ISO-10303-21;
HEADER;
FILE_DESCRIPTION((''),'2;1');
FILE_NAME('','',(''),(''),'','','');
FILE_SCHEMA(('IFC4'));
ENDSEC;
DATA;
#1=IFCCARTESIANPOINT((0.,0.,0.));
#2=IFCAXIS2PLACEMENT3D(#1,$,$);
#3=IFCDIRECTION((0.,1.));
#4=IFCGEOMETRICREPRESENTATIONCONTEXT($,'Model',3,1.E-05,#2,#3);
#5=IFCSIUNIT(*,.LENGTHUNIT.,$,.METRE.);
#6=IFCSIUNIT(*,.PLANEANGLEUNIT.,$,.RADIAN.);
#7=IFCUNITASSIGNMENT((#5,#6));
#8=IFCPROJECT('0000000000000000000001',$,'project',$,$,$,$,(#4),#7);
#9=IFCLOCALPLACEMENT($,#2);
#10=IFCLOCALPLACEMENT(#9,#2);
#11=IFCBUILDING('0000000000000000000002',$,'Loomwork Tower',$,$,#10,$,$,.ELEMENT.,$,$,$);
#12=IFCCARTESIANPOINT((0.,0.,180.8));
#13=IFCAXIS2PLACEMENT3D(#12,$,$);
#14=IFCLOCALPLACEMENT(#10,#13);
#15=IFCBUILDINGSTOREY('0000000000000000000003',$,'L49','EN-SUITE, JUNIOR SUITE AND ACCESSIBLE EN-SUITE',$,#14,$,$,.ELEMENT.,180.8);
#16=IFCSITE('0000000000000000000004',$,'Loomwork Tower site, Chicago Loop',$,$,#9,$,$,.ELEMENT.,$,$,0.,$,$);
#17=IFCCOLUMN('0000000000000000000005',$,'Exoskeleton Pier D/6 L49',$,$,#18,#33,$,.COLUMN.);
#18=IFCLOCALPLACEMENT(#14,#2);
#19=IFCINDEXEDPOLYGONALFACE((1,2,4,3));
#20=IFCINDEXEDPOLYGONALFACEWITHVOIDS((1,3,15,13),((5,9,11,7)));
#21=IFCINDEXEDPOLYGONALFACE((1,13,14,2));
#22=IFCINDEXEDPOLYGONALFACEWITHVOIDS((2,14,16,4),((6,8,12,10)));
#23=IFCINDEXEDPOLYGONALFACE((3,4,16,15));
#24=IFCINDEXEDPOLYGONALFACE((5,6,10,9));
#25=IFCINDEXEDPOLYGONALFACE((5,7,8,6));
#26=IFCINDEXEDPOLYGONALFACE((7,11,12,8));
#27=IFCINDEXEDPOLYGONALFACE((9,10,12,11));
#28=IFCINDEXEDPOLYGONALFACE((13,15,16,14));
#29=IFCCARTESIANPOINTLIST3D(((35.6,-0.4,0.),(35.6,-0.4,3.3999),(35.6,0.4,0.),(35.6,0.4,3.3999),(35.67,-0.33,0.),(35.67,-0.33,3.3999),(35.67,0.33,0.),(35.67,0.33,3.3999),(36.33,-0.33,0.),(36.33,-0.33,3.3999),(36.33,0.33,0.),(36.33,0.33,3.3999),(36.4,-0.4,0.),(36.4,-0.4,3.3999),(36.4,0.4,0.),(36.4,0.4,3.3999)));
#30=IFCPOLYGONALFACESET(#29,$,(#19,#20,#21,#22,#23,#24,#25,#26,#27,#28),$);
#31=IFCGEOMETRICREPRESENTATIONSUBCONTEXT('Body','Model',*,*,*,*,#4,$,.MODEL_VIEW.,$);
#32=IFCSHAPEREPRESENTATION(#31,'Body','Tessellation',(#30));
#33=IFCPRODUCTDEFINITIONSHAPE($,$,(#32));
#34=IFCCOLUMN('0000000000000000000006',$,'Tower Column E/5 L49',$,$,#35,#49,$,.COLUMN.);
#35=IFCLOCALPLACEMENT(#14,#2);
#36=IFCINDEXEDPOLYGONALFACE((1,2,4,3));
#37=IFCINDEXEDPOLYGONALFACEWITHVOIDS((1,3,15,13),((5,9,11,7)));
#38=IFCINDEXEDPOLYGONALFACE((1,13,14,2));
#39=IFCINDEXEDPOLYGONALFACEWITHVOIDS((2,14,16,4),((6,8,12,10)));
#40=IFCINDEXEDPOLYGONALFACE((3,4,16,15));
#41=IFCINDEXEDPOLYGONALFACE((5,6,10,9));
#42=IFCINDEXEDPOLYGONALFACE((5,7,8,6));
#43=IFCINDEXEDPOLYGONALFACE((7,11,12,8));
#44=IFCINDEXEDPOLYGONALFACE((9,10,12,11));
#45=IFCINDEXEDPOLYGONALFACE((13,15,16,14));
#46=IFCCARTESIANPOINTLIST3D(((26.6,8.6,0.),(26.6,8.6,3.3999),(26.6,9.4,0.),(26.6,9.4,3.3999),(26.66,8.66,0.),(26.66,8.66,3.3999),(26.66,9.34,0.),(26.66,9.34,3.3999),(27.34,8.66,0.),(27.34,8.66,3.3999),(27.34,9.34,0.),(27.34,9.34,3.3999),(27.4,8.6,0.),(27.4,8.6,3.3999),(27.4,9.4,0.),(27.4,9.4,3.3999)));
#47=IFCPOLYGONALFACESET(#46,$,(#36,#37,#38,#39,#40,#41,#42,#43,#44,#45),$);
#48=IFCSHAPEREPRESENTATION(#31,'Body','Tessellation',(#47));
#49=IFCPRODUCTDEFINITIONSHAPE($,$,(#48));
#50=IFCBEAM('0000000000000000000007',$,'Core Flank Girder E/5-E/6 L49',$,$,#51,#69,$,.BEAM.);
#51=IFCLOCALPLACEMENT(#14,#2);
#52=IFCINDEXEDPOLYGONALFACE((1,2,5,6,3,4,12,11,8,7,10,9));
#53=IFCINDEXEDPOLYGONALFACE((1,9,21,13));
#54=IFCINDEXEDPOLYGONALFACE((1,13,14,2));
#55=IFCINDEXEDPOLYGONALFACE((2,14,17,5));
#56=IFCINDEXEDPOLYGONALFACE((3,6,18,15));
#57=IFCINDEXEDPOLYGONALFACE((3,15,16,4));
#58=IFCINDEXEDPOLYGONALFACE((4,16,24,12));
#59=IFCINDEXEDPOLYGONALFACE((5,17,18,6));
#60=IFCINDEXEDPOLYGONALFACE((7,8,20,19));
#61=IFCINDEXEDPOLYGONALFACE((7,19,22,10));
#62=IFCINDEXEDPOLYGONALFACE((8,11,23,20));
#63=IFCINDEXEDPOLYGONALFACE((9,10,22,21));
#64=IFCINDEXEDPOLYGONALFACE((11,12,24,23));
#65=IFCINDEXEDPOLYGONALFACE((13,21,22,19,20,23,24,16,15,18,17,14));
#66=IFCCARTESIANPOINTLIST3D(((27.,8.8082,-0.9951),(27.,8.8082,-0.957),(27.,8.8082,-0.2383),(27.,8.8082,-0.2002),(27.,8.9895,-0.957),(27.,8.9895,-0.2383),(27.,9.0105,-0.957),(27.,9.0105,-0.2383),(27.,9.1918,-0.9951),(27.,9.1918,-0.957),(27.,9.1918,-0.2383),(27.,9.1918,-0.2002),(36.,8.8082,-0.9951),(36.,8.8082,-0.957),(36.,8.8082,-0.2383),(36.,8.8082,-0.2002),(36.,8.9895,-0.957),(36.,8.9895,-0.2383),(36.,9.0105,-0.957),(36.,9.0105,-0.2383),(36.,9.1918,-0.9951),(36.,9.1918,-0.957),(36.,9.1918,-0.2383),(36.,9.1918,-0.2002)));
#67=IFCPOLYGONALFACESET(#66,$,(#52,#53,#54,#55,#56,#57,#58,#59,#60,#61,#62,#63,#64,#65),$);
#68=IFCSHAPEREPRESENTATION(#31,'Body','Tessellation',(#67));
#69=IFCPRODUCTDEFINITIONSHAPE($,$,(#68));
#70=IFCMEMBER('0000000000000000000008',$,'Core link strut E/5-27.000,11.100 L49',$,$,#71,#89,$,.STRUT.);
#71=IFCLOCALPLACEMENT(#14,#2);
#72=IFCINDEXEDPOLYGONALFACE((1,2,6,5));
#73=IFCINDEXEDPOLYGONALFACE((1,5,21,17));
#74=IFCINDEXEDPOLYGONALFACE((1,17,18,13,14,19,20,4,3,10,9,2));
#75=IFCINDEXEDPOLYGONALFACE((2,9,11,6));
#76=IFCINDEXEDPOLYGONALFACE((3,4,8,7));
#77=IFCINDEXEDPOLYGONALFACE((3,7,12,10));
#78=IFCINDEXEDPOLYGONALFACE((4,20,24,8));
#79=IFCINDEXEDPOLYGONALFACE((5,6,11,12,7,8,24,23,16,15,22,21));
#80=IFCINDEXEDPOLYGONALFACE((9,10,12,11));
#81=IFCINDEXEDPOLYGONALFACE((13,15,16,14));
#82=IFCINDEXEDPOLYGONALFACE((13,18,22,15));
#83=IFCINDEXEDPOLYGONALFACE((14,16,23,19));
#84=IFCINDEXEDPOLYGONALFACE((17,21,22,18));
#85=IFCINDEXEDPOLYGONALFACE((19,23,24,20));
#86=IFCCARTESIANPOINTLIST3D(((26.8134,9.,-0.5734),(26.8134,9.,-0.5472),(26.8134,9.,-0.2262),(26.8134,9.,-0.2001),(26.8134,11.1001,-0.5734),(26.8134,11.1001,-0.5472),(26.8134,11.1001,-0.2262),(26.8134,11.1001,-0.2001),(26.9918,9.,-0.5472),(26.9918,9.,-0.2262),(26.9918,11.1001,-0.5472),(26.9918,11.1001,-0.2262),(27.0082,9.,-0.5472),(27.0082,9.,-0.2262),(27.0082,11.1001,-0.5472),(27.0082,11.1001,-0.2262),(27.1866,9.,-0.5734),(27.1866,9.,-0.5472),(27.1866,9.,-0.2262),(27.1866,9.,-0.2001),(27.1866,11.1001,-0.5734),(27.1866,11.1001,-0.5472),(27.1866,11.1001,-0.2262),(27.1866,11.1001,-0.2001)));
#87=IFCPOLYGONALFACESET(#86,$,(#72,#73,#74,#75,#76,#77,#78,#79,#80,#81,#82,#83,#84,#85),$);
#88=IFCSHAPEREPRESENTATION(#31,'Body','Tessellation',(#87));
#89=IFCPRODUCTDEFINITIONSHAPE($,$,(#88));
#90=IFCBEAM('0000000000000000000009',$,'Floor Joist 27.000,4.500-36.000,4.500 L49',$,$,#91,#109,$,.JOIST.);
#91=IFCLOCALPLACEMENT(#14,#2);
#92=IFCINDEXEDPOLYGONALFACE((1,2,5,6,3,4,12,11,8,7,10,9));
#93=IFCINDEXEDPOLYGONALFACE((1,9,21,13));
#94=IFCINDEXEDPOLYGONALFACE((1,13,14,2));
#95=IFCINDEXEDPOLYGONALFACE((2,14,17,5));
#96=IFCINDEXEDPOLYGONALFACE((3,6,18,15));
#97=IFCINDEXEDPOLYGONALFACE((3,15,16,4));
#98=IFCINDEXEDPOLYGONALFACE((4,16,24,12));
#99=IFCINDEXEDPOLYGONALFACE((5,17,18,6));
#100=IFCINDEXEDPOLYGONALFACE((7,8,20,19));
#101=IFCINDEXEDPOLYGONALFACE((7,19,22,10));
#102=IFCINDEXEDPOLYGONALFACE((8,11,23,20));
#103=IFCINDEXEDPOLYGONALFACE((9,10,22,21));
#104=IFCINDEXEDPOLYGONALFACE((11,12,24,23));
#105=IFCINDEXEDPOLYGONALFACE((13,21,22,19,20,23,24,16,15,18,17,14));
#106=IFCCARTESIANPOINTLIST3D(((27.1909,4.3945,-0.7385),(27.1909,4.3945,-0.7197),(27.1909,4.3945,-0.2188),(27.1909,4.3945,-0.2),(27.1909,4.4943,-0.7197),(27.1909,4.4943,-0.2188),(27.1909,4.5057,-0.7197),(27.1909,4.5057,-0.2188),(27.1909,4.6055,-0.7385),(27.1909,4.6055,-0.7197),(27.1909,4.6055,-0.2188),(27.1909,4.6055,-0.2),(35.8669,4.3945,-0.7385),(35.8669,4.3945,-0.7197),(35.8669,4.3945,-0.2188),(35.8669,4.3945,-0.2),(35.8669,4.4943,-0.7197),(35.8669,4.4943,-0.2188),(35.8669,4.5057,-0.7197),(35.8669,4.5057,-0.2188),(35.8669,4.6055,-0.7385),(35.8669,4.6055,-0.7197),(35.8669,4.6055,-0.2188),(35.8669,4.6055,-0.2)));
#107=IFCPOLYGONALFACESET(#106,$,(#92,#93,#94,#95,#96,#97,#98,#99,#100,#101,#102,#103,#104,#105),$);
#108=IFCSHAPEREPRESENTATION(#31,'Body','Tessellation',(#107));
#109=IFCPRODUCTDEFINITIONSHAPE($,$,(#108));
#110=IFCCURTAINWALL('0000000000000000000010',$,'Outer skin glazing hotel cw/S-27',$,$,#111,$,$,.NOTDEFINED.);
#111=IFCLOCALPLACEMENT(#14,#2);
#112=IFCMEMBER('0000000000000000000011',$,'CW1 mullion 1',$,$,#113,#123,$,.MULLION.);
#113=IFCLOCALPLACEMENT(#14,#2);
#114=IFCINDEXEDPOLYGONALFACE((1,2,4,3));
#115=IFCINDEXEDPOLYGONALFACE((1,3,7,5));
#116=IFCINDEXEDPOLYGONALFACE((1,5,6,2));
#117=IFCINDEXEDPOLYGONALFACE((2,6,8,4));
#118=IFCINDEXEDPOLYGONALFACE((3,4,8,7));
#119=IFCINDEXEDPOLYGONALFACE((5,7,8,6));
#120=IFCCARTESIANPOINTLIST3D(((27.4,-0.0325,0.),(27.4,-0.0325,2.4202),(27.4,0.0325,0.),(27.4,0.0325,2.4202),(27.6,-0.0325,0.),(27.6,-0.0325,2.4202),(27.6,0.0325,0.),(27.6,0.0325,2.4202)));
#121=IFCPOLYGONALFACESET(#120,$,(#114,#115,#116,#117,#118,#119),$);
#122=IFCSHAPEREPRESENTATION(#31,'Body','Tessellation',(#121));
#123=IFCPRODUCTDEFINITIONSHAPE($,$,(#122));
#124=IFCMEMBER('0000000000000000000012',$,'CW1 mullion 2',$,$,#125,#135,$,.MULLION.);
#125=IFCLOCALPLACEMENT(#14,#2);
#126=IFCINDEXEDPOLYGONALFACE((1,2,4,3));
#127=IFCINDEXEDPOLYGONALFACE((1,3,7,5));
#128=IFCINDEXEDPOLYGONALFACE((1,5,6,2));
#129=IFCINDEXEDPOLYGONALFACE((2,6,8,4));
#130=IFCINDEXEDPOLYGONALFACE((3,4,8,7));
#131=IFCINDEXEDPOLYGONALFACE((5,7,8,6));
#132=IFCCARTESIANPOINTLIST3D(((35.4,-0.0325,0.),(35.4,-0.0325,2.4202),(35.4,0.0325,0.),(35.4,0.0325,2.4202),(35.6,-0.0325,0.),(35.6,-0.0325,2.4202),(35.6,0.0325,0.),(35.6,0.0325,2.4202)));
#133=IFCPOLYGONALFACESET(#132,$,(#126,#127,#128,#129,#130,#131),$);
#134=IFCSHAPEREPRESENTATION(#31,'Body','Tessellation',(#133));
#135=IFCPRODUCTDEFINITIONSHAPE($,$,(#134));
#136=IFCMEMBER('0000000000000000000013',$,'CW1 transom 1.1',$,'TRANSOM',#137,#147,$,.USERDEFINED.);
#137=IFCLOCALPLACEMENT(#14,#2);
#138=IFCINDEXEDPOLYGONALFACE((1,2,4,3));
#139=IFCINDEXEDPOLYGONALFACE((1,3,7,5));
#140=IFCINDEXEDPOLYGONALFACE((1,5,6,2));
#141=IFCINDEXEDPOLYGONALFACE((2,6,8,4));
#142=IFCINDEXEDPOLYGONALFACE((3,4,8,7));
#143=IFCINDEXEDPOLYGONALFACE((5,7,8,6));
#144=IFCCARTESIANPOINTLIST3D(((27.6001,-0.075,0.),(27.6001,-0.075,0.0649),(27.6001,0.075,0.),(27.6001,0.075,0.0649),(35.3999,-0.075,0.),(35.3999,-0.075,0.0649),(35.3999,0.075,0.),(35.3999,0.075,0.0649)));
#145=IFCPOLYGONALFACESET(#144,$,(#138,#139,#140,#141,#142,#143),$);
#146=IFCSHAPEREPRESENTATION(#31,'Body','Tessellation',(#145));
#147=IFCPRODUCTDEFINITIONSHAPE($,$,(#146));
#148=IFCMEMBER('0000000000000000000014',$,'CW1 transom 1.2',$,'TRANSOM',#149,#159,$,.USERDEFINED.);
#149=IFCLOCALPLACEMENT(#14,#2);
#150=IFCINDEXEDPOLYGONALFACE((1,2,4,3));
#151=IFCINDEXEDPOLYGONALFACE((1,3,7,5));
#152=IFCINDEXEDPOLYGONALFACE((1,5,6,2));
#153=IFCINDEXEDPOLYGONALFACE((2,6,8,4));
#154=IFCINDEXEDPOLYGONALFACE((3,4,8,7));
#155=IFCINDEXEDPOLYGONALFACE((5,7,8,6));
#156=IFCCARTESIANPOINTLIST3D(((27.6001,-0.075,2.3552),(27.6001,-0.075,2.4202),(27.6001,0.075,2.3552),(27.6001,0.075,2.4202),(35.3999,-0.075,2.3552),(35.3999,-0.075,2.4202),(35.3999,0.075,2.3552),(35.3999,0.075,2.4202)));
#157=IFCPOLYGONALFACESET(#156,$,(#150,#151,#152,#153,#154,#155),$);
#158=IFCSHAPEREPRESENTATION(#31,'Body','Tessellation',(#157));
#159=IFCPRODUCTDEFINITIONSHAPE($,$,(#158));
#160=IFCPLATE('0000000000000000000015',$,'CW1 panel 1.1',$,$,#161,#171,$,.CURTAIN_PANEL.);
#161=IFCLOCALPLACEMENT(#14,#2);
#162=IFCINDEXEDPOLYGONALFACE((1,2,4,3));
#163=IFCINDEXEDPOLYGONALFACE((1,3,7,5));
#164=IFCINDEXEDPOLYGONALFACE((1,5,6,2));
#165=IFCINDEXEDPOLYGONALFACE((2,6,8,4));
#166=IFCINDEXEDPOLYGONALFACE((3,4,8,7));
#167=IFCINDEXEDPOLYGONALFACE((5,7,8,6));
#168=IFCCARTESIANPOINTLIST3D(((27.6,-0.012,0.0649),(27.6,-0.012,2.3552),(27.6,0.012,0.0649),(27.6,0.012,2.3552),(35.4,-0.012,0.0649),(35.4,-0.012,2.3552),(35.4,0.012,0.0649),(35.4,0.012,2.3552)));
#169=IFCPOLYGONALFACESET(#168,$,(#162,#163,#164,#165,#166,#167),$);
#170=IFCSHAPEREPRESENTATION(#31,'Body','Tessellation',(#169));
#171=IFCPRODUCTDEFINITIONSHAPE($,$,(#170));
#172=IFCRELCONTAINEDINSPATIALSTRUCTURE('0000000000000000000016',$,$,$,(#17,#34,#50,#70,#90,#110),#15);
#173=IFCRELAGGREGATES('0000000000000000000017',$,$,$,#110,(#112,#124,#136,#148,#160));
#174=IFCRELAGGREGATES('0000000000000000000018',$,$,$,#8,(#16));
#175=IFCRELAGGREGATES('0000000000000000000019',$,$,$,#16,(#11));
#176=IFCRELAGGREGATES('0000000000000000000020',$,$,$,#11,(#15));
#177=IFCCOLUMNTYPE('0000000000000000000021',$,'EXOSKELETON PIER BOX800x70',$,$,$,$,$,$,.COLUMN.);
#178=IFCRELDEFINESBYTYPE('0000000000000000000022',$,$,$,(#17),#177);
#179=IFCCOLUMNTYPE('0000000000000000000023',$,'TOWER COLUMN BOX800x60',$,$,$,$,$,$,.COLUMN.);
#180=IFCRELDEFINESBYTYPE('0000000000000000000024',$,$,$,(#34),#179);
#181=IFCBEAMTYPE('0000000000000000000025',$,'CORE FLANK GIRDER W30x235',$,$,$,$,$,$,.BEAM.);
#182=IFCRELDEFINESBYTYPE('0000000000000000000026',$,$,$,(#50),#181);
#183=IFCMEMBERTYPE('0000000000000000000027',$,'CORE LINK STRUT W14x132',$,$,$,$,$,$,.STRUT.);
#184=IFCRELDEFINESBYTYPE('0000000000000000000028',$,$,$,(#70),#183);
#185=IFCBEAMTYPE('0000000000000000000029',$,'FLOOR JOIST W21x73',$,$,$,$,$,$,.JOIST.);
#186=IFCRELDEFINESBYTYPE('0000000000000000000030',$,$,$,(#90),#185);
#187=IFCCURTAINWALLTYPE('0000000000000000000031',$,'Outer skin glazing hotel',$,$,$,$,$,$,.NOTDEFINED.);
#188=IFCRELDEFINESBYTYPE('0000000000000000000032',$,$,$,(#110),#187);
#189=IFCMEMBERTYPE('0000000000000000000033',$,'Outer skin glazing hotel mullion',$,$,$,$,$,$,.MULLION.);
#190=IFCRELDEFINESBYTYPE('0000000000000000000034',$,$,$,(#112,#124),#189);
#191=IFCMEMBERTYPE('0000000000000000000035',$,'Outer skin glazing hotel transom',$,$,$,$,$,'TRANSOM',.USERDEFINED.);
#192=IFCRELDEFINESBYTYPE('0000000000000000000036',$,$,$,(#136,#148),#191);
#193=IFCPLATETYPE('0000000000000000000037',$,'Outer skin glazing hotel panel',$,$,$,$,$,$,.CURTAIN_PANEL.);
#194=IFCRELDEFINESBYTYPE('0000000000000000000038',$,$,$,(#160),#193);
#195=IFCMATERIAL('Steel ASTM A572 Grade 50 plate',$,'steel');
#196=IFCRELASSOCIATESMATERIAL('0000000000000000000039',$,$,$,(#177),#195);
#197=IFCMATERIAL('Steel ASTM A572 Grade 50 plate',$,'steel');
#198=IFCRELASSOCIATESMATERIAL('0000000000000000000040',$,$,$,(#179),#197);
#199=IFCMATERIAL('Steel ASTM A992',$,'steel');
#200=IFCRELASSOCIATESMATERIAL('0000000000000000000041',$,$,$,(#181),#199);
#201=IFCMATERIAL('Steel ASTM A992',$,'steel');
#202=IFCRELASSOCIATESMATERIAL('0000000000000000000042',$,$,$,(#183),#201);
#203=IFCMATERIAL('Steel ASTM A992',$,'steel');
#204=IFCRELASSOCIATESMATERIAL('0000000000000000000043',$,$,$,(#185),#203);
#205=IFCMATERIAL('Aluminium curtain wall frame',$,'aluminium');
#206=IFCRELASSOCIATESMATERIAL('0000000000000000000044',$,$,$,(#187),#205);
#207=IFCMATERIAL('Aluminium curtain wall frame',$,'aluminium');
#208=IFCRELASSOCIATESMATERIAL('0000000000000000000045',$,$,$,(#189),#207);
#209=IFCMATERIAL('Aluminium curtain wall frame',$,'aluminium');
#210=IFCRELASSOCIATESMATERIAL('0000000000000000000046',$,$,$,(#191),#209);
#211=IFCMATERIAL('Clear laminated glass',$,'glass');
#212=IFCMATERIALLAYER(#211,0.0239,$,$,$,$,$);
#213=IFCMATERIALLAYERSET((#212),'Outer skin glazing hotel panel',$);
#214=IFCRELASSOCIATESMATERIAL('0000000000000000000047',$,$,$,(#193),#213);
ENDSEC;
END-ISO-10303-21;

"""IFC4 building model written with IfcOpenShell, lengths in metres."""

from ifc_helpers import new_model, si_unit, direction, frame, origin, origin_2d, place, context, subcontext, project, spatial, rectangle, hollow_rectangle, i_section, extrude, material, layer, layer_set, material_profile, profile_set, type_object, element, aggregate, save


model = new_model("IFC4")

# Units and contexts
model_context = context("Model", 3, precision=1e-05, world=origin(), true_north=direction((0.0, 1.0)))
body_context = subcontext(model_context, "Body", "Model", "MODEL_VIEW")
ifc_project = project(units=[si_unit("LENGTHUNIT", "METRE"), si_unit("PLANEANGLEUNIT", "RADIAN")], contexts=[model_context])

# Site, building, storey
site_placement = place(None, origin())
site = spatial("IfcSite", under=ifc_project, at=site_placement, Name="Loomwork Tower site, Chicago Loop", CompositionType="ELEMENT", RefElevation=0.0)
building_placement = place(site_placement, origin())
building = spatial("IfcBuilding", under=site, at=building_placement, Name="Loomwork Tower", CompositionType="ELEMENT")
storey_placement = place(building_placement, frame((0.0, 0.0, 180.8)))
storey = spatial("IfcBuildingStorey", under=building, at=storey_placement, Name="L49", Description="EN-SUITE, JUNIOR SUITE AND ACCESSIBLE EN-SUITE", CompositionType="ELEMENT", Elevation=180.8)

# Columns
ifc_material_1 = material(Name="Steel ASTM A572 Grade 50 plate", Category="steel")
ifc_material_profile_1 = material_profile(ifc_material_1, hollow_rectangle(XDim=0.8, YDim=0.8, WallThickness=0.0701, at=origin_2d()), Name="BOX800x70")
ifc_profile_set_1 = profile_set([ifc_material_profile_1], Name="Steel ASTM A572 Grade 50 plate")
column_type_1 = type_object("IfcColumnType", Name="EXOSKELETON PIER BOX800x70", PredefinedType="COLUMN", material=ifc_profile_set_1)
column_1_placement = place(storey_placement, frame((36.0, 0.0, 0.0), z_axis=(0.0, 0.0, 1.0), x_axis=(1.0, 0.0, 0.0)))
element("IfcColumn", 1, at=column_1_placement, inside=storey, type_object=column_type_1, Name="Exoskeleton Pier D/6 L49", PredefinedType="COLUMN", context=body_context, shape_type="SweptSolid", body=[
    extrude(hollow_rectangle(XDim=0.8, YDim=0.8, WallThickness=0.0701, at=origin_2d()), origin(), (0.0, 0.0, 1.0), 3.3999),
])
ifc_material_2 = material(Name="Steel ASTM A572 Grade 50 plate", Category="steel")
ifc_material_profile_2 = material_profile(ifc_material_2, hollow_rectangle(XDim=0.8, YDim=0.8, WallThickness=0.0601, at=origin_2d()), Name="BOX800x60")
ifc_profile_set_2 = profile_set([ifc_material_profile_2], Name="Steel ASTM A572 Grade 50 plate")
column_type_2 = type_object("IfcColumnType", Name="TOWER COLUMN BOX800x60", PredefinedType="COLUMN", material=ifc_profile_set_2)
column_2_placement = place(storey_placement, frame((27.0, 9.0, 0.0), z_axis=(0.0, 0.0, 1.0), x_axis=(1.0, 0.0, 0.0)))
element("IfcColumn", 2, at=column_2_placement, inside=storey, type_object=column_type_2, Name="Tower Column E/5 L49", PredefinedType="COLUMN", context=body_context, shape_type="SweptSolid", body=[
    extrude(hollow_rectangle(XDim=0.8, YDim=0.8, WallThickness=0.0601, at=origin_2d()), origin(), (0.0, 0.0, 1.0), 3.3999),
])

# Beam
ifc_material_3 = material(Name="Steel ASTM A992", Category="steel")
ifc_material_profile_3 = material_profile(ifc_material_3, i_section(OverallWidth=0.3835, OverallDepth=0.7949, WebThickness=0.021, FlangeThickness=0.0381, at=origin_2d()), Name="W30x235")
ifc_profile_set_3 = profile_set([ifc_material_profile_3], Name="Steel ASTM A992")
beam_type_1 = type_object("IfcBeamType", Name="CORE FLANK GIRDER W30x235", PredefinedType="BEAM", material=ifc_profile_set_3)
beam_1_placement = place(storey_placement, frame((27.0, 9.0, -0.5977), z_axis=(1.0, 0.0, 0.0), x_axis=(0.0, 1.0, 0.0)))
element("IfcBeam", 3, at=beam_1_placement, inside=storey, type_object=beam_type_1, Name="Core Flank Girder E/5-E/6 L49", PredefinedType="BEAM", context=body_context, shape_type="SweptSolid", body=[
    extrude(i_section(OverallWidth=0.3835, OverallDepth=0.7949, WebThickness=0.021, FlangeThickness=0.0381, at=origin_2d()), origin(), (0.0, 0.0, 1.0), 9.0),
])

# Member
ifc_material_4 = material(Name="Steel ASTM A992", Category="steel")
ifc_material_profile_4 = material_profile(ifc_material_4, i_section(OverallWidth=0.3733, OverallDepth=0.3733, WebThickness=0.0164, FlangeThickness=0.0261, at=origin_2d()), Name="W14x132")
ifc_profile_set_4 = profile_set([ifc_material_profile_4], Name="Steel ASTM A992")
member_type_1 = type_object("IfcMemberType", Name="CORE LINK STRUT W14x132", PredefinedType="STRUT", material=ifc_profile_set_4)
member_1_placement = place(storey_placement, frame((27.0, 9.0, -0.3867), z_axis=(0.0, 1.0, 0.0), x_axis=(-1.0, 0.0, 0.0)))
element("IfcMember", 4, at=member_1_placement, inside=storey, type_object=member_type_1, Name="Core link strut E/5-27.000,11.100 L49", PredefinedType="STRUT", context=body_context, shape_type="SweptSolid", body=[
    extrude(i_section(OverallWidth=0.3733, OverallDepth=0.3733, WebThickness=0.0164, FlangeThickness=0.0261, at=origin_2d()), origin(), (0.0, 0.0, 1.0), 2.1001),
])

# Beam
ifc_material_5 = material(Name="Steel ASTM A992", Category="steel")
ifc_material_profile_5 = material_profile(ifc_material_5, i_section(OverallWidth=0.2109, OverallDepth=0.5386, WebThickness=0.0115, FlangeThickness=0.0188, at=origin_2d()), Name="W21x73")
ifc_profile_set_5 = profile_set([ifc_material_profile_5], Name="Steel ASTM A992")
beam_type_2 = type_object("IfcBeamType", Name="FLOOR JOIST W21x73", PredefinedType="JOIST", material=ifc_profile_set_5)
beam_2_placement = place(storey_placement, frame((27.1909, 4.5, -0.4692), z_axis=(1.0, 0.0, 0.0), x_axis=(0.0, 1.0, 0.0)))
element("IfcBeam", 5, at=beam_2_placement, inside=storey, type_object=beam_type_2, Name="Floor Joist 27.000,4.500-36.000,4.500 L49", PredefinedType="JOIST", context=body_context, shape_type="SweptSolid", body=[
    extrude(i_section(OverallWidth=0.2109, OverallDepth=0.5386, WebThickness=0.0115, FlangeThickness=0.0188, at=origin_2d()), origin(), (0.0, 0.0, 1.0), 8.676),
])

# Curtain wall, members, plate
ifc_material_6 = material(Name="Aluminium curtain wall frame", Category="aluminium")
curtain_wall_type = type_object("IfcCurtainWallType", Name="Outer skin glazing hotel", PredefinedType="NOTDEFINED", material=ifc_material_6)
curtain_wall_placement = place(storey_placement, origin())
curtain_wall = element("IfcCurtainWall", 6, at=curtain_wall_placement, inside=storey, type_object=curtain_wall_type, Name="Outer skin glazing hotel cw/S-27", PredefinedType="NOTDEFINED")
ifc_material_7 = material(Name="Aluminium curtain wall frame", Category="aluminium")
ifc_material_profile_6 = material_profile(ifc_material_7, rectangle(XDim=0.0649, YDim=0.2, at=origin_2d()), Name="AL 65x200")
ifc_profile_set_6 = profile_set([ifc_material_profile_6], Name="Aluminium curtain wall frame")
member_type_2 = type_object("IfcMemberType", Name="Outer skin glazing hotel mullion", PredefinedType="MULLION", material=ifc_profile_set_6)
member_2_placement = place(storey_placement, frame((27.5, 0.0, 0.0), z_axis=(0.0, 0.0, 1.0), x_axis=(0.0, 1.0, 0.0)))
member_2 = element("IfcMember", 7, at=member_2_placement, type_object=member_type_2, Name="CW1 mullion 1", PredefinedType="MULLION", context=body_context, shape_type="SweptSolid", body=[
    extrude(rectangle(XDim=0.0649, YDim=0.2, at=origin_2d()), origin(), (0.0, 0.0, 1.0), 2.4202),
])
member_3_placement = place(storey_placement, frame((35.5, 0.0, 0.0), z_axis=(0.0, 0.0, 1.0), x_axis=(0.0, 1.0, 0.0)))
member_3 = element("IfcMember", 8, at=member_3_placement, type_object=member_type_2, Name="CW1 mullion 2", PredefinedType="MULLION", context=body_context, shape_type="SweptSolid", body=[
    extrude(rectangle(XDim=0.0649, YDim=0.2, at=origin_2d()), origin(), (0.0, 0.0, 1.0), 2.4202),
])
ifc_material_8 = material(Name="Aluminium curtain wall frame", Category="aluminium")
ifc_material_profile_7 = material_profile(ifc_material_8, rectangle(XDim=0.1499, YDim=0.0649, at=origin_2d()), Name="AL 65x150")
ifc_profile_set_7 = profile_set([ifc_material_profile_7], Name="Aluminium curtain wall frame")
member_type_3 = type_object("IfcMemberType", Name="Outer skin glazing hotel transom", ElementType="TRANSOM", PredefinedType="USERDEFINED", material=ifc_profile_set_7)
member_4_placement = place(storey_placement, frame((27.6001, 0.0, 0.0325), z_axis=(1.0, 0.0, 0.0), x_axis=(0.0, 1.0, 0.0)))
member_4 = element("IfcMember", 9, at=member_4_placement, type_object=member_type_3, Name="CW1 transom 1.1", ObjectType="TRANSOM", PredefinedType="USERDEFINED", context=body_context, shape_type="SweptSolid", body=[
    extrude(rectangle(XDim=0.1499, YDim=0.0649, at=origin_2d()), origin(), (0.0, 0.0, 1.0), 7.7998),
])
member_5_placement = place(storey_placement, frame((27.6001, 0.0, 2.3877), z_axis=(1.0, 0.0, 0.0), x_axis=(0.0, 1.0, 0.0)))
member_5 = element("IfcMember", 10, at=member_5_placement, type_object=member_type_3, Name="CW1 transom 1.2", ObjectType="TRANSOM", PredefinedType="USERDEFINED", context=body_context, shape_type="SweptSolid", body=[
    extrude(rectangle(XDim=0.1499, YDim=0.0649, at=origin_2d()), origin(), (0.0, 0.0, 1.0), 7.7998),
])
ifc_material_9 = material(Name="Clear laminated glass", Category="glass")
ifc_layer_1 = layer(ifc_material_9, 0.0239)
ifc_layer_set_1 = layer_set([ifc_layer_1], Name="Outer skin glazing hotel panel")
plate_type = type_object("IfcPlateType", Name="Outer skin glazing hotel panel", PredefinedType="CURTAIN_PANEL", material=ifc_layer_set_1)
plate_placement = place(storey_placement, frame((31.5, 0.0, 0.0649), z_axis=(0.0, 0.0, 1.0), x_axis=(1.0, 0.0, 0.0)))
plate = element("IfcPlate", 11, at=plate_placement, type_object=plate_type, Name="CW1 panel 1.1", PredefinedType="CURTAIN_PANEL", context=body_context, shape_type="SweptSolid", body=[
    extrude(rectangle(XDim=7.8, YDim=0.0239, at=origin_2d()), origin(), (0.0, 0.0, 1.0), 2.2903),
])
aggregate(curtain_wall, [member_2, member_3, member_4, member_5, plate])

save(model, "model.ifc")
